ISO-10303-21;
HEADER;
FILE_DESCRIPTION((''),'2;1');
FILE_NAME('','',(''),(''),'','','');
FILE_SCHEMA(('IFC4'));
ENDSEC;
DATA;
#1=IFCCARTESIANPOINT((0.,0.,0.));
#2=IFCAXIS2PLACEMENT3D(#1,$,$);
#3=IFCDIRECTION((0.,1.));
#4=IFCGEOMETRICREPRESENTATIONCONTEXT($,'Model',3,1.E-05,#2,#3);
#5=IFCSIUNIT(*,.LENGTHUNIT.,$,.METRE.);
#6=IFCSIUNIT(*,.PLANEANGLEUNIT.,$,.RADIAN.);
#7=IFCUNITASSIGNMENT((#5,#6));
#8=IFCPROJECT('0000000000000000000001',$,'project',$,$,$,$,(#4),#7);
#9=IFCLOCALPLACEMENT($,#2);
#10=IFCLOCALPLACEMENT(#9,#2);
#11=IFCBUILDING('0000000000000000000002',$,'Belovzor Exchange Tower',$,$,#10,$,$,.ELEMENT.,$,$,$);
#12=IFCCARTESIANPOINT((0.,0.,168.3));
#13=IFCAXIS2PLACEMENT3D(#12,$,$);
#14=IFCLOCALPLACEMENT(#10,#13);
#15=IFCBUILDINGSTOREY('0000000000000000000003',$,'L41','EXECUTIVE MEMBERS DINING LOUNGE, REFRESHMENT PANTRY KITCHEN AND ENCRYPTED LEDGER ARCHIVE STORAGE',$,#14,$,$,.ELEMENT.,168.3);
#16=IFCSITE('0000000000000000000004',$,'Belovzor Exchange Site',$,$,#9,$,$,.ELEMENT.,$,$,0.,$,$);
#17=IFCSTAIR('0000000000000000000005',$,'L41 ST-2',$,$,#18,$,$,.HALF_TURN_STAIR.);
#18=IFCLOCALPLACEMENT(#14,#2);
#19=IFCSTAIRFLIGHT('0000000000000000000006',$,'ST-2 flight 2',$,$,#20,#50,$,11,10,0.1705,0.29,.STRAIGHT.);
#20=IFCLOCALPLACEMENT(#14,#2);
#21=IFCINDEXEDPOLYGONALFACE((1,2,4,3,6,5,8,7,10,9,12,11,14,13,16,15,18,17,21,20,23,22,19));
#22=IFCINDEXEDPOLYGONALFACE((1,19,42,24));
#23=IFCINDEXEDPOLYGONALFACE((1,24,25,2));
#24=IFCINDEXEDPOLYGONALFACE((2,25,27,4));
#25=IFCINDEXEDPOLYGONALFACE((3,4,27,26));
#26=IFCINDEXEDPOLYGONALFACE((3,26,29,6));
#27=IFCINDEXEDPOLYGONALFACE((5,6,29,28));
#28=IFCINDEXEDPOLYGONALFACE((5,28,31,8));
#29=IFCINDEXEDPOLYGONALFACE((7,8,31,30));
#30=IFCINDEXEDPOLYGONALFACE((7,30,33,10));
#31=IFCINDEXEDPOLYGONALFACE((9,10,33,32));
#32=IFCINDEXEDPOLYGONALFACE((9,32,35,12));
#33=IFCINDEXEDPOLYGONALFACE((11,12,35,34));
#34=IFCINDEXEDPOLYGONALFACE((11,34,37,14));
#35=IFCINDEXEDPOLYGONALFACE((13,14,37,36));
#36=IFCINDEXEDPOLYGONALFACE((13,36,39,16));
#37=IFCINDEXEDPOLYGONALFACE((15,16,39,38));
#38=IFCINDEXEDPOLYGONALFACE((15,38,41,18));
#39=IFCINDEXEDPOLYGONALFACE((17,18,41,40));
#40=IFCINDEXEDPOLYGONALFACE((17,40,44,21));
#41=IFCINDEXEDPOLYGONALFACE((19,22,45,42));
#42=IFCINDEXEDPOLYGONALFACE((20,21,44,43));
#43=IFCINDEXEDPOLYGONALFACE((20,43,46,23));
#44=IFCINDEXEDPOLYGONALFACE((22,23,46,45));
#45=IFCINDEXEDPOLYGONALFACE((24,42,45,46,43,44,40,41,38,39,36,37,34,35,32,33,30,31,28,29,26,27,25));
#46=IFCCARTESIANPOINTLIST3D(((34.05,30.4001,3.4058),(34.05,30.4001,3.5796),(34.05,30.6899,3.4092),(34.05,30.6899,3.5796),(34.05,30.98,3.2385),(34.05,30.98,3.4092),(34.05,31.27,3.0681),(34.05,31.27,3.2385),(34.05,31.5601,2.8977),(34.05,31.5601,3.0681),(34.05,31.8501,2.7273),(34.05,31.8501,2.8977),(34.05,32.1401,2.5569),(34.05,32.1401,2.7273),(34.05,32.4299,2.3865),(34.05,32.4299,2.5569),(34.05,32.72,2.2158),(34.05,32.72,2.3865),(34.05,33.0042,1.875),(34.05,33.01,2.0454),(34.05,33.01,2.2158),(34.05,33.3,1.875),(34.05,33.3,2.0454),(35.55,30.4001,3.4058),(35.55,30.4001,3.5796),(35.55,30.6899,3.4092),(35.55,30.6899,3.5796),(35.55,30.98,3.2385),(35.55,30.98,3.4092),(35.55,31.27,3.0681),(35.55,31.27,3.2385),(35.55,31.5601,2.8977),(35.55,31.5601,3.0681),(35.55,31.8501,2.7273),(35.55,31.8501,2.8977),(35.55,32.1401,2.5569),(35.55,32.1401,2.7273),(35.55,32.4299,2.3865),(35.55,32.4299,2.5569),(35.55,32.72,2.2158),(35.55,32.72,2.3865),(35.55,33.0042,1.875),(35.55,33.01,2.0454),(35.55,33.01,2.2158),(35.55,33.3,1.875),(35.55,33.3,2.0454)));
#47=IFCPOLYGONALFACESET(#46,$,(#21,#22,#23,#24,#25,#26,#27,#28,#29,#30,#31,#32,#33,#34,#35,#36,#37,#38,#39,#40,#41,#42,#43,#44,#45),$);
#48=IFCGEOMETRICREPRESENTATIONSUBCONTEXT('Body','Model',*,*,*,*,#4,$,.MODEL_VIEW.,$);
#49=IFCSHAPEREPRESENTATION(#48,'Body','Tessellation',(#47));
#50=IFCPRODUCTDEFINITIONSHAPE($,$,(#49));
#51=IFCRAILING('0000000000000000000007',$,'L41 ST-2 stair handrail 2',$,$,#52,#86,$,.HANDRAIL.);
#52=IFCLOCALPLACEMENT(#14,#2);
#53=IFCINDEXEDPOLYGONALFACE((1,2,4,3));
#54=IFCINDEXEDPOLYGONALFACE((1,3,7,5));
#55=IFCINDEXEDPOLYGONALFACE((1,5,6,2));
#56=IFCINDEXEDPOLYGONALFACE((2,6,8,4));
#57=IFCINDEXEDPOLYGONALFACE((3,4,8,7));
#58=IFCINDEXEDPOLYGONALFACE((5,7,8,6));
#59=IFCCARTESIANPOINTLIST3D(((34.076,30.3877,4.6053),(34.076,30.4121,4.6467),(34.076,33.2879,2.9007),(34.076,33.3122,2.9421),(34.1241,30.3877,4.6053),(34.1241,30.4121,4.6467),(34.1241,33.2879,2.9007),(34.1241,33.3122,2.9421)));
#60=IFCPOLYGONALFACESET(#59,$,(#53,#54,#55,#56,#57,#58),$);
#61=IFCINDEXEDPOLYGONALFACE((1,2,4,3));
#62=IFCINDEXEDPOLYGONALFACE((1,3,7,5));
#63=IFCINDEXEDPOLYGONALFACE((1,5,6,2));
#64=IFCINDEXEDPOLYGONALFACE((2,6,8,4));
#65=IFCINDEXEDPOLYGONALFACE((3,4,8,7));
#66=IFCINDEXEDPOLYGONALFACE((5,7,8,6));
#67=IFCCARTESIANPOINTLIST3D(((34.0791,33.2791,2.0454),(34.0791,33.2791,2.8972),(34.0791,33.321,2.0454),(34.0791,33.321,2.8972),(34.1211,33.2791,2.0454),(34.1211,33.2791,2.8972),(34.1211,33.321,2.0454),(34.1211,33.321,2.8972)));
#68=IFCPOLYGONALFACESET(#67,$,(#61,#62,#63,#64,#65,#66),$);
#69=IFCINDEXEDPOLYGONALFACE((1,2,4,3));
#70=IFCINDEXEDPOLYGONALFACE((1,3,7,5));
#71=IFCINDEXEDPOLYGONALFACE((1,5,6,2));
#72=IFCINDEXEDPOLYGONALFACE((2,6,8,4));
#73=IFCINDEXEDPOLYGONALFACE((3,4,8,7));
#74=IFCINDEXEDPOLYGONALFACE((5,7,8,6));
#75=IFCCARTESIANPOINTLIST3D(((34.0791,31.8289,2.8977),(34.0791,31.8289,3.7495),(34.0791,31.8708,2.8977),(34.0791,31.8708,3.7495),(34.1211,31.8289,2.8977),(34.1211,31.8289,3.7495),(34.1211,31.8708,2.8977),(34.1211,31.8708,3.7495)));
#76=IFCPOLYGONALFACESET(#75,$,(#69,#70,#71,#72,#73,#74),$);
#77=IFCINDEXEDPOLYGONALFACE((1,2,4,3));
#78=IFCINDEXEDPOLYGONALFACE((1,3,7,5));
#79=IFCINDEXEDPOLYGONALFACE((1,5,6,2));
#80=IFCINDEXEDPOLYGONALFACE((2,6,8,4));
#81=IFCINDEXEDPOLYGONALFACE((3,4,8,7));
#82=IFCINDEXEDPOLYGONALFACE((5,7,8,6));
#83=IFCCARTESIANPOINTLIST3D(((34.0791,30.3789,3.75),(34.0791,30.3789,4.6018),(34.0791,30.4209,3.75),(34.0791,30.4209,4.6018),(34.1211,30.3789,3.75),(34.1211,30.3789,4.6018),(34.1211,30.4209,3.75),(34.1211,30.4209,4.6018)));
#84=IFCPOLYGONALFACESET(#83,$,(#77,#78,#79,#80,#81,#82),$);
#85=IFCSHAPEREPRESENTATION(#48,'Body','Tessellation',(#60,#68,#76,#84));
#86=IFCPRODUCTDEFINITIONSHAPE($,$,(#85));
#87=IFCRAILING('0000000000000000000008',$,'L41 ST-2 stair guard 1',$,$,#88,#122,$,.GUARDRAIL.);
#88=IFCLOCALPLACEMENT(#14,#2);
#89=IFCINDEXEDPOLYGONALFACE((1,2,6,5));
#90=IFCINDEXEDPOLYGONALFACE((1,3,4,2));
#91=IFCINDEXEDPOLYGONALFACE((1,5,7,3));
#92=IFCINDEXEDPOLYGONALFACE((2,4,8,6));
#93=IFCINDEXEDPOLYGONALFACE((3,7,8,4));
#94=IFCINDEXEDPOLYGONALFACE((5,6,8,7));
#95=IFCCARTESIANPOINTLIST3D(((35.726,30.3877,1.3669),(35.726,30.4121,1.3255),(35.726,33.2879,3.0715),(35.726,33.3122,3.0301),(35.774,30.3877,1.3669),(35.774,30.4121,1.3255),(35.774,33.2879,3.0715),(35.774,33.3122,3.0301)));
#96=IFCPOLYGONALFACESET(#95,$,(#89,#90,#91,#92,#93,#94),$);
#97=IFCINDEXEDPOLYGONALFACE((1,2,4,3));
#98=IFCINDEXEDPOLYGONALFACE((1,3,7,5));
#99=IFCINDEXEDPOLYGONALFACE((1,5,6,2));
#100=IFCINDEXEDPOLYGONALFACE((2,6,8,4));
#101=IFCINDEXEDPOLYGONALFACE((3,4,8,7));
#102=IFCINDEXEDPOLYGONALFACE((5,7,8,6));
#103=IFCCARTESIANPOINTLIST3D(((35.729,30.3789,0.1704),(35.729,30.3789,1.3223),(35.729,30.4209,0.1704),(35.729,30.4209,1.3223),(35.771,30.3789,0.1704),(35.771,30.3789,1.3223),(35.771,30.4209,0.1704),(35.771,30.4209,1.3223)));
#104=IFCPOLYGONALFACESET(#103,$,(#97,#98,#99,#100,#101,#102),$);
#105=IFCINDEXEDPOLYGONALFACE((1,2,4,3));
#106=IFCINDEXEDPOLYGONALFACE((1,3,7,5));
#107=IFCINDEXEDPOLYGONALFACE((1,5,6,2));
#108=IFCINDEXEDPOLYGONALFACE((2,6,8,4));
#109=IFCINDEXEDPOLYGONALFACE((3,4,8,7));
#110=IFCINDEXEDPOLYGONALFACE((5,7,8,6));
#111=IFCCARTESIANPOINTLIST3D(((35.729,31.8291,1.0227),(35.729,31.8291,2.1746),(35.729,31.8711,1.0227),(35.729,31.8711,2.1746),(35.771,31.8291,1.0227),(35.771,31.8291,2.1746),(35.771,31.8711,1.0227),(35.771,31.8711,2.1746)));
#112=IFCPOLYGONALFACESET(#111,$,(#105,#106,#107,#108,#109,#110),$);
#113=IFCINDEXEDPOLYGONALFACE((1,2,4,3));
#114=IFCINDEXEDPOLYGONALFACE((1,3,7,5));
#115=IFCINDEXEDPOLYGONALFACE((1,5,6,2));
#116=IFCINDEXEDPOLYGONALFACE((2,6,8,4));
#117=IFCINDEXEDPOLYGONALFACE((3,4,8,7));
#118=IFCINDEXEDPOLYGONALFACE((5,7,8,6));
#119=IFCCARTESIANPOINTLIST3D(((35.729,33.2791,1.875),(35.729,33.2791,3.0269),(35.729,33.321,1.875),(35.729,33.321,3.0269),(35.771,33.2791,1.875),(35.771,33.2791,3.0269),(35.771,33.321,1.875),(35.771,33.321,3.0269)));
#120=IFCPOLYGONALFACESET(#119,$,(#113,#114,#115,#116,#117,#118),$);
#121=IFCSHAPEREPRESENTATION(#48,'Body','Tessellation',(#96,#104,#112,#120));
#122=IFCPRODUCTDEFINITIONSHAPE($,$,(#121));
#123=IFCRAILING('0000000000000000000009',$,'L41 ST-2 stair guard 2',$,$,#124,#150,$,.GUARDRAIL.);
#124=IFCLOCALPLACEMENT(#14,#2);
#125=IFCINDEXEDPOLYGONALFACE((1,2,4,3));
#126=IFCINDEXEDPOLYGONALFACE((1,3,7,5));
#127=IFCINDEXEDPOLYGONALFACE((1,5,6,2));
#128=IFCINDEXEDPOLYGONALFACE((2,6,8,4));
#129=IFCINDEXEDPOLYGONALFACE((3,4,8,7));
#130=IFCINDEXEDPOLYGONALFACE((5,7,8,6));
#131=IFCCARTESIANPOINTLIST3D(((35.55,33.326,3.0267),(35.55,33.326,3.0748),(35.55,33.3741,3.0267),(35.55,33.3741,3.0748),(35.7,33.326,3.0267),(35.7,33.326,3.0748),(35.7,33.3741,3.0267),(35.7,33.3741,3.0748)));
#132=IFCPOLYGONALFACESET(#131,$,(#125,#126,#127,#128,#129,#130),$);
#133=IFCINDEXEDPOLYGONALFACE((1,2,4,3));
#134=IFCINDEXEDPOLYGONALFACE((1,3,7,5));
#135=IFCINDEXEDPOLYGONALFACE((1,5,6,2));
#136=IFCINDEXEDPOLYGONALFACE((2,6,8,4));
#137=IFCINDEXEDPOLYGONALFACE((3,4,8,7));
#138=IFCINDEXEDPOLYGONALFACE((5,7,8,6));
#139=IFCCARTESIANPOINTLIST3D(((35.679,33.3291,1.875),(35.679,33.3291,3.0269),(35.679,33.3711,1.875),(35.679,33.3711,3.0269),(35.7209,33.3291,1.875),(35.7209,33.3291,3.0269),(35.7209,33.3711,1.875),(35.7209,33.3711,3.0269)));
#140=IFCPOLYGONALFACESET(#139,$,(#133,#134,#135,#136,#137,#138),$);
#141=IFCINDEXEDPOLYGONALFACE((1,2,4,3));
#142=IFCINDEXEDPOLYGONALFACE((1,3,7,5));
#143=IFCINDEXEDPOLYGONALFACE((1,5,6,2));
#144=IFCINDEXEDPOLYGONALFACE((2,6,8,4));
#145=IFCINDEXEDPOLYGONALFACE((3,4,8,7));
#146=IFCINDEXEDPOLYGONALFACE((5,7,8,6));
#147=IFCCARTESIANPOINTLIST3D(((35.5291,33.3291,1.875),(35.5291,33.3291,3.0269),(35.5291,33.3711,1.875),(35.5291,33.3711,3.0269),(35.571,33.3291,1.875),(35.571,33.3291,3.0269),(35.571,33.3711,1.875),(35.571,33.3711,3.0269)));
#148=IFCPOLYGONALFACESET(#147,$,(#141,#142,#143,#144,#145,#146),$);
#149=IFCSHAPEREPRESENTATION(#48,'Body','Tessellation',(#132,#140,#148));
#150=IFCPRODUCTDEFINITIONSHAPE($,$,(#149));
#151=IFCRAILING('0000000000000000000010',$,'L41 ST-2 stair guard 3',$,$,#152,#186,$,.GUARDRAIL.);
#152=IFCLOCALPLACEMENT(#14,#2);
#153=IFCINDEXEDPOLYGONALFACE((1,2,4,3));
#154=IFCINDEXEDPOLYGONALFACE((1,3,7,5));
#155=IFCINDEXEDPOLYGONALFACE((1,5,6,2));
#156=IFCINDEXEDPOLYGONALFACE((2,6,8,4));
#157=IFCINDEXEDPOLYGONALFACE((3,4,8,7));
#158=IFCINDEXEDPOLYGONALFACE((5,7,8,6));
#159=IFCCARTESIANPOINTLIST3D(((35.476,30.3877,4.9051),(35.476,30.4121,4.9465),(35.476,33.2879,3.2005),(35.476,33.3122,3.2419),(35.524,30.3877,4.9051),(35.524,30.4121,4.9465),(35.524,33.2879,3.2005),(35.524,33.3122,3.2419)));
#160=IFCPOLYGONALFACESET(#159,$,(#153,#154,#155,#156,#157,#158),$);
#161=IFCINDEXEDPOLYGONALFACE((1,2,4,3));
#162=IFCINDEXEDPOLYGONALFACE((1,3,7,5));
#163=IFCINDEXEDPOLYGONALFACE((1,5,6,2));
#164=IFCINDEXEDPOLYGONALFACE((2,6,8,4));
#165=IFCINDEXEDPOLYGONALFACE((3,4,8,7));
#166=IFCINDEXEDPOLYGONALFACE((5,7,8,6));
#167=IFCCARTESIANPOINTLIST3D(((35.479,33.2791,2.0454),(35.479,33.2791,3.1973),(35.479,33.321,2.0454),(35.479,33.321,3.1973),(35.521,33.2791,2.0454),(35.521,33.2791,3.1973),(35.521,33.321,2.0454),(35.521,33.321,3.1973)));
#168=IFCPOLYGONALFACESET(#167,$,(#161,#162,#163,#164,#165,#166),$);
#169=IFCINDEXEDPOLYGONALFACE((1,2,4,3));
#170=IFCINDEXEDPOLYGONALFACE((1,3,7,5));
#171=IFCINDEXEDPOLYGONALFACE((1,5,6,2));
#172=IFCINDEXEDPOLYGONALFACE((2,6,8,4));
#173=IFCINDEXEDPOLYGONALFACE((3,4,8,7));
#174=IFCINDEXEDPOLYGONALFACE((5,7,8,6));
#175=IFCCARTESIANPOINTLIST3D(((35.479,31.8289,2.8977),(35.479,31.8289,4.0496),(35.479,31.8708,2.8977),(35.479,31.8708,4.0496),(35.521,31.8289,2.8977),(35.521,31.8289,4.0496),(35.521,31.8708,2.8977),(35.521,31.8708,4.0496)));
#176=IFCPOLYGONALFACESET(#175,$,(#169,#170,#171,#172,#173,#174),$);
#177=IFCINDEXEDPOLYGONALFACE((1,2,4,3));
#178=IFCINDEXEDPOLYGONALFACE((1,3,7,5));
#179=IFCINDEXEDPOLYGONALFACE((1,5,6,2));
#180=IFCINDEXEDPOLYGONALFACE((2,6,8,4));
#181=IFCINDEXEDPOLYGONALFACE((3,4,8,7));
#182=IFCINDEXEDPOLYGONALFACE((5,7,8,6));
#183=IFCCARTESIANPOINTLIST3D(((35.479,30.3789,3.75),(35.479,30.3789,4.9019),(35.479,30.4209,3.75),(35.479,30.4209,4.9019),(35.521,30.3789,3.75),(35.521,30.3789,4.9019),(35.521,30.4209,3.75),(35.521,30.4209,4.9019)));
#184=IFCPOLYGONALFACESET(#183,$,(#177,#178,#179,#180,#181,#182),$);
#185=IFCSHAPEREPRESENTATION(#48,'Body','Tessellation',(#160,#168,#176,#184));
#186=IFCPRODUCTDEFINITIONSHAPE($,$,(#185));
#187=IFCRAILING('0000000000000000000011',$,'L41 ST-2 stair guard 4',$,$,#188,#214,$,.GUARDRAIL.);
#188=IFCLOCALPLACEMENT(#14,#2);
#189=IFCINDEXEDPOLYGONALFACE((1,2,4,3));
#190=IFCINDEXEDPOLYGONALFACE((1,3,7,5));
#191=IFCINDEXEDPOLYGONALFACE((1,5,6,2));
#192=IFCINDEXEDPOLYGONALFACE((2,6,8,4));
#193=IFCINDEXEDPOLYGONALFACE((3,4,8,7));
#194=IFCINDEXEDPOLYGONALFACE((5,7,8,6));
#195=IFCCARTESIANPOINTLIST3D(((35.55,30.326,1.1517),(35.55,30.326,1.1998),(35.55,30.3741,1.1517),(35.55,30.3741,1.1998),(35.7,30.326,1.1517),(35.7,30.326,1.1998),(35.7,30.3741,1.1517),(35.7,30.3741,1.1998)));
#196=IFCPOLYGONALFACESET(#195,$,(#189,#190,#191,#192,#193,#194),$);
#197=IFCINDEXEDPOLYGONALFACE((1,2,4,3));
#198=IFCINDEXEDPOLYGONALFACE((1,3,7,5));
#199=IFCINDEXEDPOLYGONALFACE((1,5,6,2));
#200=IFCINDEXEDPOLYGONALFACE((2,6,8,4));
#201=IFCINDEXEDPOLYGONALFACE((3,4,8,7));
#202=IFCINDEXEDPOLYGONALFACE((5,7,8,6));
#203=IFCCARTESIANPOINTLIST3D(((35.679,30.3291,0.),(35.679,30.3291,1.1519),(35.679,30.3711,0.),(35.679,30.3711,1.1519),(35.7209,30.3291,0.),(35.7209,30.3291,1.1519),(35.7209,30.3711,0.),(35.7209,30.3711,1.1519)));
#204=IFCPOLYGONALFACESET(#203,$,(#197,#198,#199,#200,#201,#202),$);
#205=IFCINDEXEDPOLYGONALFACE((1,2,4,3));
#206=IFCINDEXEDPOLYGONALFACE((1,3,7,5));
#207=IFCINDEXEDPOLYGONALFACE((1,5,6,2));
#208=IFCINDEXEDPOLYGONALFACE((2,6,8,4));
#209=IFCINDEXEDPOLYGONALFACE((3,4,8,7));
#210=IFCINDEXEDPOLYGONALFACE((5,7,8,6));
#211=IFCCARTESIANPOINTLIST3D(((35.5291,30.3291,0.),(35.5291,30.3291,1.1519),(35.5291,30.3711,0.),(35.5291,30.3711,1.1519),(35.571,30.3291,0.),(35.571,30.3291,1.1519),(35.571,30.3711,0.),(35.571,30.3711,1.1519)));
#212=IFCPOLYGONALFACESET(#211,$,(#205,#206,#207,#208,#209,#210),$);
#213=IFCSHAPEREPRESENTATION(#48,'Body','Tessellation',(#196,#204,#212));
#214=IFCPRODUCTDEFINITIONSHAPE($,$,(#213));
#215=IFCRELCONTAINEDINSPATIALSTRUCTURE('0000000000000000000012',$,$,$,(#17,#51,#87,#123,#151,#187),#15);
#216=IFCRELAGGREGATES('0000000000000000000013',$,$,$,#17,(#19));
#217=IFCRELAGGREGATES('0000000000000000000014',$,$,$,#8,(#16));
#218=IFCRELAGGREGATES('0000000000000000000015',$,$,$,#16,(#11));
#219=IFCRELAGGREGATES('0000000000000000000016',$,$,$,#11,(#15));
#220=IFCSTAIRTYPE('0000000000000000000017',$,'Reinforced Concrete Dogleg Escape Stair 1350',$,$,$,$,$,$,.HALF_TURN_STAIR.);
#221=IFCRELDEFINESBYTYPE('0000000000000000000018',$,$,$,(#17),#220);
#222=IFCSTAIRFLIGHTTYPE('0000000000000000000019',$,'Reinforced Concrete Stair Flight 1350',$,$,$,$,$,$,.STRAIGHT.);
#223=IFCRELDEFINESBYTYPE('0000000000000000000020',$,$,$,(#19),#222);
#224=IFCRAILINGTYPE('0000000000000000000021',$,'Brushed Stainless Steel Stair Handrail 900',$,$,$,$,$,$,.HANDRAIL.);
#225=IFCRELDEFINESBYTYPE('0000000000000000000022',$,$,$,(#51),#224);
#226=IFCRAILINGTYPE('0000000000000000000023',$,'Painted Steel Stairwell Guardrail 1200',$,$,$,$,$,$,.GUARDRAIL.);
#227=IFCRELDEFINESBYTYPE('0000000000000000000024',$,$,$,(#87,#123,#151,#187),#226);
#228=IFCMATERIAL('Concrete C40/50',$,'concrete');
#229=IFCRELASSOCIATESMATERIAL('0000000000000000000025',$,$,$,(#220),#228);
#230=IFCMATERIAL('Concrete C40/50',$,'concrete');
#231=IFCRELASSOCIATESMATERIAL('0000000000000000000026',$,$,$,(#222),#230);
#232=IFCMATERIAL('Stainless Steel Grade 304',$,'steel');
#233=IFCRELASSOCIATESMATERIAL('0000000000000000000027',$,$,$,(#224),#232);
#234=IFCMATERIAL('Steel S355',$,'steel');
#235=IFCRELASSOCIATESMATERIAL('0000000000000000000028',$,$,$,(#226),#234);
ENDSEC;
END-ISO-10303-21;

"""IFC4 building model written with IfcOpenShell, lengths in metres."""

from ifc_helpers import new_model, si_unit, direction, frame, origin, origin_2d, place, context, subcontext, project, spatial, polyline, rectangle, outline, extrude, material, type_object, element, aggregate, save


model = new_model("IFC4")

# Units and contexts
model_context = context("Model", 3, precision=1e-05, world=origin(), true_north=direction((0.0, 1.0)))
body_context = subcontext(model_context, "Body", "Model", "MODEL_VIEW")
ifc_project = project(units=[si_unit("LENGTHUNIT", "METRE"), si_unit("PLANEANGLEUNIT", "RADIAN")], contexts=[model_context])

# Site, building, storey
site_placement = place(None, origin())
site = spatial("IfcSite", under=ifc_project, at=site_placement, Name="Belovzor Exchange Site", CompositionType="ELEMENT", RefElevation=0.0)
building_placement = place(site_placement, origin())
building = spatial("IfcBuilding", under=site, at=building_placement, Name="Belovzor Exchange Tower", CompositionType="ELEMENT")
storey_placement = place(building_placement, frame((0.0, 0.0, 168.3)))
storey = spatial("IfcBuildingStorey", under=building, at=storey_placement, Name="L41", Description="EXECUTIVE MEMBERS DINING LOUNGE, REFRESHMENT PANTRY KITCHEN AND ENCRYPTED LEDGER ARCHIVE STORAGE", CompositionType="ELEMENT", Elevation=168.3)

# Stair, stair flight
ifc_material_1 = material(Name="Concrete C40/50", Category="concrete")
stair_type = type_object("IfcStairType", Name="Reinforced Concrete Dogleg Escape Stair 1350", PredefinedType="HALF_TURN_STAIR", material=ifc_material_1)
stair_placement = place(storey_placement, origin())
stair = element("IfcStair", 1, at=stair_placement, inside=storey, type_object=stair_type, Name="L41 ST-2", PredefinedType="HALF_TURN_STAIR")
ifc_material_2 = material(Name="Concrete C40/50", Category="concrete")
stair_flight_type = type_object("IfcStairFlightType", Name="Reinforced Concrete Stair Flight 1350", PredefinedType="STRAIGHT", material=ifc_material_2)
stair_flight_placement = place(storey_placement, frame((34.8, 33.3, 1.875), z_axis=(0.0, 0.0, 1.0), x_axis=(0.0, -1.0, 0.0)))
stair_flight = element("IfcStairFlight", 2, at=stair_flight_placement, type_object=stair_flight_type, Name="ST-2 flight 2", NumberOfRisers=11, NumberOfTreads=10, PredefinedType="STRAIGHT", RiserHeight=0.1705, TreadLength=0.29, context=body_context, shape_type="SweptSolid", body=[
    extrude(outline(polyline([(0.0, 0.0), (0.0, 0.1704), (0.29, 0.1704), (0.29, 0.3408), (0.5801, 0.3408), (0.5801, 0.5115), (0.8701, 0.5115), (0.8701, 0.6819), (1.1599, 0.6819), (1.1599, 0.8523), (1.45, 0.8523), (1.45, 1.0227), (1.74, 1.0227), (1.74, 1.1931), (2.03, 1.1931), (2.03, 1.3635), (2.3201, 1.3635), (2.3201, 1.5342), (2.6101, 1.5342), (2.6101, 1.7046), (2.8999, 1.7046), (2.8999, 1.875), (2.8999, 1.5308), (0.2959, 0.0), (0.0, 0.0)])), frame((0.0, 0.75, 0.0), z_axis=(0.0, -1.0, 0.0), x_axis=(1.0, 0.0, 0.0)), (0.0, 0.0, 1.0), 1.5),
])
aggregate(stair, [stair_flight])

# Railings
ifc_material_3 = material(Name="Stainless Steel Grade 304", Category="steel")
railing_type_1 = type_object("IfcRailingType", Name="Brushed Stainless Steel Stair Handrail 900", PredefinedType="HANDRAIL", material=ifc_material_3)
railing_1_placement = place(storey_placement, frame((34.1001, 33.3, 2.0454)))
element("IfcRailing", 3, at=railing_1_placement, inside=storey, type_object=railing_type_1, Name="L41 ST-2 stair handrail 2", PredefinedType="HANDRAIL", context=body_context, shape_type="SweptSolid", body=[
    extrude(rectangle(XDim=0.0481, YDim=0.0481, at=origin_2d()), frame((0.0, 0.0, 0.876), z_axis=(0.0, -0.862113, 0.506716), x_axis=(1.0, 0.0, 0.0)), (0.0, 0.0, 1.0), 3.364),
    extrude(rectangle(XDim=0.042, YDim=0.042, at=origin_2d()), origin(), (0.0, 0.0, 1.0), 0.8518),
    extrude(rectangle(XDim=0.042, YDim=0.042, at=origin_2d()), frame((0.0, -1.4502, 0.8523)), (0.0, 0.0, 1.0), 0.8518),
    extrude(rectangle(XDim=0.042, YDim=0.042, at=origin_2d()), frame((0.0, -2.9001, 1.7046)), (0.0, 0.0, 1.0), 0.8518),
])
ifc_material_4 = material(Name="Steel S355", Category="steel")
railing_type_2 = type_object("IfcRailingType", Name="Painted Steel Stairwell Guardrail 1200", PredefinedType="GUARDRAIL", material=ifc_material_4)
railing_2_placement = place(storey_placement, frame((35.75, 30.3999, 0.1704)))
element("IfcRailing", 4, at=railing_2_placement, inside=storey, type_object=railing_type_2, Name="L41 ST-2 stair guard 1", PredefinedType="GUARDRAIL", context=body_context, shape_type="SweptSolid", body=[
    extrude(rectangle(XDim=0.0481, YDim=0.0481, at=origin_2d()), frame((0.0, 0.0, 1.1758), z_axis=(0.0, 0.862113, 0.506716), x_axis=(-1.0, 0.0, 0.0)), (0.0, 0.0, 1.0), 3.364),
    extrude(rectangle(XDim=0.042, YDim=0.042, at=origin_2d()), origin(), (0.0, 0.0, 1.0), 1.1519),
    extrude(rectangle(XDim=0.042, YDim=0.042, at=origin_2d()), frame((0.0, 1.4502, 0.8523)), (0.0, 0.0, 1.0), 1.1519),
    extrude(rectangle(XDim=0.042, YDim=0.042, at=origin_2d()), frame((0.0, 2.9001, 1.7046)), (0.0, 0.0, 1.0), 1.1519),
])
railing_3_placement = place(storey_placement, frame((35.7, 33.3501, 1.875)))
element("IfcRailing", 5, at=railing_3_placement, inside=storey, type_object=railing_type_2, Name="L41 ST-2 stair guard 2", PredefinedType="GUARDRAIL", context=body_context, shape_type="SweptSolid", body=[
    extrude(rectangle(XDim=0.0481, YDim=0.0481, at=origin_2d()), frame((0.0, 0.0, 1.1758), z_axis=(-1.0, 0.0, 0.0), x_axis=(0.0, -1.0, 0.0)), (0.0, 0.0, 1.0), 0.1499),
    extrude(rectangle(XDim=0.042, YDim=0.042, at=origin_2d()), origin(), (0.0, 0.0, 1.0), 1.1519),
    extrude(rectangle(XDim=0.042, YDim=0.042, at=origin_2d()), frame((-0.1499, 0.0, 0.0)), (0.0, 0.0, 1.0), 1.1519),
])
railing_4_placement = place(storey_placement, frame((35.5, 33.3, 2.0454)))
element("IfcRailing", 6, at=railing_4_placement, inside=storey, type_object=railing_type_2, Name="L41 ST-2 stair guard 3", PredefinedType="GUARDRAIL", context=body_context, shape_type="SweptSolid", body=[
    extrude(rectangle(XDim=0.0481, YDim=0.0481, at=origin_2d()), frame((0.0, 0.0, 1.1758), z_axis=(0.0, -0.862113, 0.506716), x_axis=(1.0, 0.0, 0.0)), (0.0, 0.0, 1.0), 3.364),
    extrude(rectangle(XDim=0.042, YDim=0.042, at=origin_2d()), origin(), (0.0, 0.0, 1.0), 1.1519),
    extrude(rectangle(XDim=0.042, YDim=0.042, at=origin_2d()), frame((0.0, -1.4502, 0.8523)), (0.0, 0.0, 1.0), 1.1519),
    extrude(rectangle(XDim=0.042, YDim=0.042, at=origin_2d()), frame((0.0, -2.9001, 1.7046)), (0.0, 0.0, 1.0), 1.1519),
])
railing_5_placement = place(storey_placement, frame((35.7, 30.3501, 0.0)))
element("IfcRailing", 7, at=railing_5_placement, inside=storey, type_object=railing_type_2, Name="L41 ST-2 stair guard 4", PredefinedType="GUARDRAIL", context=body_context, shape_type="SweptSolid", body=[
    extrude(rectangle(XDim=0.0481, YDim=0.0481, at=origin_2d()), frame((0.0, 0.0, 1.1758), z_axis=(-1.0, 0.0, 0.0), x_axis=(0.0, -1.0, 0.0)), (0.0, 0.0, 1.0), 0.1499),
    extrude(rectangle(XDim=0.042, YDim=0.042, at=origin_2d()), origin(), (0.0, 0.0, 1.0), 1.1519),
    extrude(rectangle(XDim=0.042, YDim=0.042, at=origin_2d()), frame((-0.1499, 0.0, 0.0)), (0.0, 0.0, 1.0), 1.1519),
])

save(model, "model.ifc")
